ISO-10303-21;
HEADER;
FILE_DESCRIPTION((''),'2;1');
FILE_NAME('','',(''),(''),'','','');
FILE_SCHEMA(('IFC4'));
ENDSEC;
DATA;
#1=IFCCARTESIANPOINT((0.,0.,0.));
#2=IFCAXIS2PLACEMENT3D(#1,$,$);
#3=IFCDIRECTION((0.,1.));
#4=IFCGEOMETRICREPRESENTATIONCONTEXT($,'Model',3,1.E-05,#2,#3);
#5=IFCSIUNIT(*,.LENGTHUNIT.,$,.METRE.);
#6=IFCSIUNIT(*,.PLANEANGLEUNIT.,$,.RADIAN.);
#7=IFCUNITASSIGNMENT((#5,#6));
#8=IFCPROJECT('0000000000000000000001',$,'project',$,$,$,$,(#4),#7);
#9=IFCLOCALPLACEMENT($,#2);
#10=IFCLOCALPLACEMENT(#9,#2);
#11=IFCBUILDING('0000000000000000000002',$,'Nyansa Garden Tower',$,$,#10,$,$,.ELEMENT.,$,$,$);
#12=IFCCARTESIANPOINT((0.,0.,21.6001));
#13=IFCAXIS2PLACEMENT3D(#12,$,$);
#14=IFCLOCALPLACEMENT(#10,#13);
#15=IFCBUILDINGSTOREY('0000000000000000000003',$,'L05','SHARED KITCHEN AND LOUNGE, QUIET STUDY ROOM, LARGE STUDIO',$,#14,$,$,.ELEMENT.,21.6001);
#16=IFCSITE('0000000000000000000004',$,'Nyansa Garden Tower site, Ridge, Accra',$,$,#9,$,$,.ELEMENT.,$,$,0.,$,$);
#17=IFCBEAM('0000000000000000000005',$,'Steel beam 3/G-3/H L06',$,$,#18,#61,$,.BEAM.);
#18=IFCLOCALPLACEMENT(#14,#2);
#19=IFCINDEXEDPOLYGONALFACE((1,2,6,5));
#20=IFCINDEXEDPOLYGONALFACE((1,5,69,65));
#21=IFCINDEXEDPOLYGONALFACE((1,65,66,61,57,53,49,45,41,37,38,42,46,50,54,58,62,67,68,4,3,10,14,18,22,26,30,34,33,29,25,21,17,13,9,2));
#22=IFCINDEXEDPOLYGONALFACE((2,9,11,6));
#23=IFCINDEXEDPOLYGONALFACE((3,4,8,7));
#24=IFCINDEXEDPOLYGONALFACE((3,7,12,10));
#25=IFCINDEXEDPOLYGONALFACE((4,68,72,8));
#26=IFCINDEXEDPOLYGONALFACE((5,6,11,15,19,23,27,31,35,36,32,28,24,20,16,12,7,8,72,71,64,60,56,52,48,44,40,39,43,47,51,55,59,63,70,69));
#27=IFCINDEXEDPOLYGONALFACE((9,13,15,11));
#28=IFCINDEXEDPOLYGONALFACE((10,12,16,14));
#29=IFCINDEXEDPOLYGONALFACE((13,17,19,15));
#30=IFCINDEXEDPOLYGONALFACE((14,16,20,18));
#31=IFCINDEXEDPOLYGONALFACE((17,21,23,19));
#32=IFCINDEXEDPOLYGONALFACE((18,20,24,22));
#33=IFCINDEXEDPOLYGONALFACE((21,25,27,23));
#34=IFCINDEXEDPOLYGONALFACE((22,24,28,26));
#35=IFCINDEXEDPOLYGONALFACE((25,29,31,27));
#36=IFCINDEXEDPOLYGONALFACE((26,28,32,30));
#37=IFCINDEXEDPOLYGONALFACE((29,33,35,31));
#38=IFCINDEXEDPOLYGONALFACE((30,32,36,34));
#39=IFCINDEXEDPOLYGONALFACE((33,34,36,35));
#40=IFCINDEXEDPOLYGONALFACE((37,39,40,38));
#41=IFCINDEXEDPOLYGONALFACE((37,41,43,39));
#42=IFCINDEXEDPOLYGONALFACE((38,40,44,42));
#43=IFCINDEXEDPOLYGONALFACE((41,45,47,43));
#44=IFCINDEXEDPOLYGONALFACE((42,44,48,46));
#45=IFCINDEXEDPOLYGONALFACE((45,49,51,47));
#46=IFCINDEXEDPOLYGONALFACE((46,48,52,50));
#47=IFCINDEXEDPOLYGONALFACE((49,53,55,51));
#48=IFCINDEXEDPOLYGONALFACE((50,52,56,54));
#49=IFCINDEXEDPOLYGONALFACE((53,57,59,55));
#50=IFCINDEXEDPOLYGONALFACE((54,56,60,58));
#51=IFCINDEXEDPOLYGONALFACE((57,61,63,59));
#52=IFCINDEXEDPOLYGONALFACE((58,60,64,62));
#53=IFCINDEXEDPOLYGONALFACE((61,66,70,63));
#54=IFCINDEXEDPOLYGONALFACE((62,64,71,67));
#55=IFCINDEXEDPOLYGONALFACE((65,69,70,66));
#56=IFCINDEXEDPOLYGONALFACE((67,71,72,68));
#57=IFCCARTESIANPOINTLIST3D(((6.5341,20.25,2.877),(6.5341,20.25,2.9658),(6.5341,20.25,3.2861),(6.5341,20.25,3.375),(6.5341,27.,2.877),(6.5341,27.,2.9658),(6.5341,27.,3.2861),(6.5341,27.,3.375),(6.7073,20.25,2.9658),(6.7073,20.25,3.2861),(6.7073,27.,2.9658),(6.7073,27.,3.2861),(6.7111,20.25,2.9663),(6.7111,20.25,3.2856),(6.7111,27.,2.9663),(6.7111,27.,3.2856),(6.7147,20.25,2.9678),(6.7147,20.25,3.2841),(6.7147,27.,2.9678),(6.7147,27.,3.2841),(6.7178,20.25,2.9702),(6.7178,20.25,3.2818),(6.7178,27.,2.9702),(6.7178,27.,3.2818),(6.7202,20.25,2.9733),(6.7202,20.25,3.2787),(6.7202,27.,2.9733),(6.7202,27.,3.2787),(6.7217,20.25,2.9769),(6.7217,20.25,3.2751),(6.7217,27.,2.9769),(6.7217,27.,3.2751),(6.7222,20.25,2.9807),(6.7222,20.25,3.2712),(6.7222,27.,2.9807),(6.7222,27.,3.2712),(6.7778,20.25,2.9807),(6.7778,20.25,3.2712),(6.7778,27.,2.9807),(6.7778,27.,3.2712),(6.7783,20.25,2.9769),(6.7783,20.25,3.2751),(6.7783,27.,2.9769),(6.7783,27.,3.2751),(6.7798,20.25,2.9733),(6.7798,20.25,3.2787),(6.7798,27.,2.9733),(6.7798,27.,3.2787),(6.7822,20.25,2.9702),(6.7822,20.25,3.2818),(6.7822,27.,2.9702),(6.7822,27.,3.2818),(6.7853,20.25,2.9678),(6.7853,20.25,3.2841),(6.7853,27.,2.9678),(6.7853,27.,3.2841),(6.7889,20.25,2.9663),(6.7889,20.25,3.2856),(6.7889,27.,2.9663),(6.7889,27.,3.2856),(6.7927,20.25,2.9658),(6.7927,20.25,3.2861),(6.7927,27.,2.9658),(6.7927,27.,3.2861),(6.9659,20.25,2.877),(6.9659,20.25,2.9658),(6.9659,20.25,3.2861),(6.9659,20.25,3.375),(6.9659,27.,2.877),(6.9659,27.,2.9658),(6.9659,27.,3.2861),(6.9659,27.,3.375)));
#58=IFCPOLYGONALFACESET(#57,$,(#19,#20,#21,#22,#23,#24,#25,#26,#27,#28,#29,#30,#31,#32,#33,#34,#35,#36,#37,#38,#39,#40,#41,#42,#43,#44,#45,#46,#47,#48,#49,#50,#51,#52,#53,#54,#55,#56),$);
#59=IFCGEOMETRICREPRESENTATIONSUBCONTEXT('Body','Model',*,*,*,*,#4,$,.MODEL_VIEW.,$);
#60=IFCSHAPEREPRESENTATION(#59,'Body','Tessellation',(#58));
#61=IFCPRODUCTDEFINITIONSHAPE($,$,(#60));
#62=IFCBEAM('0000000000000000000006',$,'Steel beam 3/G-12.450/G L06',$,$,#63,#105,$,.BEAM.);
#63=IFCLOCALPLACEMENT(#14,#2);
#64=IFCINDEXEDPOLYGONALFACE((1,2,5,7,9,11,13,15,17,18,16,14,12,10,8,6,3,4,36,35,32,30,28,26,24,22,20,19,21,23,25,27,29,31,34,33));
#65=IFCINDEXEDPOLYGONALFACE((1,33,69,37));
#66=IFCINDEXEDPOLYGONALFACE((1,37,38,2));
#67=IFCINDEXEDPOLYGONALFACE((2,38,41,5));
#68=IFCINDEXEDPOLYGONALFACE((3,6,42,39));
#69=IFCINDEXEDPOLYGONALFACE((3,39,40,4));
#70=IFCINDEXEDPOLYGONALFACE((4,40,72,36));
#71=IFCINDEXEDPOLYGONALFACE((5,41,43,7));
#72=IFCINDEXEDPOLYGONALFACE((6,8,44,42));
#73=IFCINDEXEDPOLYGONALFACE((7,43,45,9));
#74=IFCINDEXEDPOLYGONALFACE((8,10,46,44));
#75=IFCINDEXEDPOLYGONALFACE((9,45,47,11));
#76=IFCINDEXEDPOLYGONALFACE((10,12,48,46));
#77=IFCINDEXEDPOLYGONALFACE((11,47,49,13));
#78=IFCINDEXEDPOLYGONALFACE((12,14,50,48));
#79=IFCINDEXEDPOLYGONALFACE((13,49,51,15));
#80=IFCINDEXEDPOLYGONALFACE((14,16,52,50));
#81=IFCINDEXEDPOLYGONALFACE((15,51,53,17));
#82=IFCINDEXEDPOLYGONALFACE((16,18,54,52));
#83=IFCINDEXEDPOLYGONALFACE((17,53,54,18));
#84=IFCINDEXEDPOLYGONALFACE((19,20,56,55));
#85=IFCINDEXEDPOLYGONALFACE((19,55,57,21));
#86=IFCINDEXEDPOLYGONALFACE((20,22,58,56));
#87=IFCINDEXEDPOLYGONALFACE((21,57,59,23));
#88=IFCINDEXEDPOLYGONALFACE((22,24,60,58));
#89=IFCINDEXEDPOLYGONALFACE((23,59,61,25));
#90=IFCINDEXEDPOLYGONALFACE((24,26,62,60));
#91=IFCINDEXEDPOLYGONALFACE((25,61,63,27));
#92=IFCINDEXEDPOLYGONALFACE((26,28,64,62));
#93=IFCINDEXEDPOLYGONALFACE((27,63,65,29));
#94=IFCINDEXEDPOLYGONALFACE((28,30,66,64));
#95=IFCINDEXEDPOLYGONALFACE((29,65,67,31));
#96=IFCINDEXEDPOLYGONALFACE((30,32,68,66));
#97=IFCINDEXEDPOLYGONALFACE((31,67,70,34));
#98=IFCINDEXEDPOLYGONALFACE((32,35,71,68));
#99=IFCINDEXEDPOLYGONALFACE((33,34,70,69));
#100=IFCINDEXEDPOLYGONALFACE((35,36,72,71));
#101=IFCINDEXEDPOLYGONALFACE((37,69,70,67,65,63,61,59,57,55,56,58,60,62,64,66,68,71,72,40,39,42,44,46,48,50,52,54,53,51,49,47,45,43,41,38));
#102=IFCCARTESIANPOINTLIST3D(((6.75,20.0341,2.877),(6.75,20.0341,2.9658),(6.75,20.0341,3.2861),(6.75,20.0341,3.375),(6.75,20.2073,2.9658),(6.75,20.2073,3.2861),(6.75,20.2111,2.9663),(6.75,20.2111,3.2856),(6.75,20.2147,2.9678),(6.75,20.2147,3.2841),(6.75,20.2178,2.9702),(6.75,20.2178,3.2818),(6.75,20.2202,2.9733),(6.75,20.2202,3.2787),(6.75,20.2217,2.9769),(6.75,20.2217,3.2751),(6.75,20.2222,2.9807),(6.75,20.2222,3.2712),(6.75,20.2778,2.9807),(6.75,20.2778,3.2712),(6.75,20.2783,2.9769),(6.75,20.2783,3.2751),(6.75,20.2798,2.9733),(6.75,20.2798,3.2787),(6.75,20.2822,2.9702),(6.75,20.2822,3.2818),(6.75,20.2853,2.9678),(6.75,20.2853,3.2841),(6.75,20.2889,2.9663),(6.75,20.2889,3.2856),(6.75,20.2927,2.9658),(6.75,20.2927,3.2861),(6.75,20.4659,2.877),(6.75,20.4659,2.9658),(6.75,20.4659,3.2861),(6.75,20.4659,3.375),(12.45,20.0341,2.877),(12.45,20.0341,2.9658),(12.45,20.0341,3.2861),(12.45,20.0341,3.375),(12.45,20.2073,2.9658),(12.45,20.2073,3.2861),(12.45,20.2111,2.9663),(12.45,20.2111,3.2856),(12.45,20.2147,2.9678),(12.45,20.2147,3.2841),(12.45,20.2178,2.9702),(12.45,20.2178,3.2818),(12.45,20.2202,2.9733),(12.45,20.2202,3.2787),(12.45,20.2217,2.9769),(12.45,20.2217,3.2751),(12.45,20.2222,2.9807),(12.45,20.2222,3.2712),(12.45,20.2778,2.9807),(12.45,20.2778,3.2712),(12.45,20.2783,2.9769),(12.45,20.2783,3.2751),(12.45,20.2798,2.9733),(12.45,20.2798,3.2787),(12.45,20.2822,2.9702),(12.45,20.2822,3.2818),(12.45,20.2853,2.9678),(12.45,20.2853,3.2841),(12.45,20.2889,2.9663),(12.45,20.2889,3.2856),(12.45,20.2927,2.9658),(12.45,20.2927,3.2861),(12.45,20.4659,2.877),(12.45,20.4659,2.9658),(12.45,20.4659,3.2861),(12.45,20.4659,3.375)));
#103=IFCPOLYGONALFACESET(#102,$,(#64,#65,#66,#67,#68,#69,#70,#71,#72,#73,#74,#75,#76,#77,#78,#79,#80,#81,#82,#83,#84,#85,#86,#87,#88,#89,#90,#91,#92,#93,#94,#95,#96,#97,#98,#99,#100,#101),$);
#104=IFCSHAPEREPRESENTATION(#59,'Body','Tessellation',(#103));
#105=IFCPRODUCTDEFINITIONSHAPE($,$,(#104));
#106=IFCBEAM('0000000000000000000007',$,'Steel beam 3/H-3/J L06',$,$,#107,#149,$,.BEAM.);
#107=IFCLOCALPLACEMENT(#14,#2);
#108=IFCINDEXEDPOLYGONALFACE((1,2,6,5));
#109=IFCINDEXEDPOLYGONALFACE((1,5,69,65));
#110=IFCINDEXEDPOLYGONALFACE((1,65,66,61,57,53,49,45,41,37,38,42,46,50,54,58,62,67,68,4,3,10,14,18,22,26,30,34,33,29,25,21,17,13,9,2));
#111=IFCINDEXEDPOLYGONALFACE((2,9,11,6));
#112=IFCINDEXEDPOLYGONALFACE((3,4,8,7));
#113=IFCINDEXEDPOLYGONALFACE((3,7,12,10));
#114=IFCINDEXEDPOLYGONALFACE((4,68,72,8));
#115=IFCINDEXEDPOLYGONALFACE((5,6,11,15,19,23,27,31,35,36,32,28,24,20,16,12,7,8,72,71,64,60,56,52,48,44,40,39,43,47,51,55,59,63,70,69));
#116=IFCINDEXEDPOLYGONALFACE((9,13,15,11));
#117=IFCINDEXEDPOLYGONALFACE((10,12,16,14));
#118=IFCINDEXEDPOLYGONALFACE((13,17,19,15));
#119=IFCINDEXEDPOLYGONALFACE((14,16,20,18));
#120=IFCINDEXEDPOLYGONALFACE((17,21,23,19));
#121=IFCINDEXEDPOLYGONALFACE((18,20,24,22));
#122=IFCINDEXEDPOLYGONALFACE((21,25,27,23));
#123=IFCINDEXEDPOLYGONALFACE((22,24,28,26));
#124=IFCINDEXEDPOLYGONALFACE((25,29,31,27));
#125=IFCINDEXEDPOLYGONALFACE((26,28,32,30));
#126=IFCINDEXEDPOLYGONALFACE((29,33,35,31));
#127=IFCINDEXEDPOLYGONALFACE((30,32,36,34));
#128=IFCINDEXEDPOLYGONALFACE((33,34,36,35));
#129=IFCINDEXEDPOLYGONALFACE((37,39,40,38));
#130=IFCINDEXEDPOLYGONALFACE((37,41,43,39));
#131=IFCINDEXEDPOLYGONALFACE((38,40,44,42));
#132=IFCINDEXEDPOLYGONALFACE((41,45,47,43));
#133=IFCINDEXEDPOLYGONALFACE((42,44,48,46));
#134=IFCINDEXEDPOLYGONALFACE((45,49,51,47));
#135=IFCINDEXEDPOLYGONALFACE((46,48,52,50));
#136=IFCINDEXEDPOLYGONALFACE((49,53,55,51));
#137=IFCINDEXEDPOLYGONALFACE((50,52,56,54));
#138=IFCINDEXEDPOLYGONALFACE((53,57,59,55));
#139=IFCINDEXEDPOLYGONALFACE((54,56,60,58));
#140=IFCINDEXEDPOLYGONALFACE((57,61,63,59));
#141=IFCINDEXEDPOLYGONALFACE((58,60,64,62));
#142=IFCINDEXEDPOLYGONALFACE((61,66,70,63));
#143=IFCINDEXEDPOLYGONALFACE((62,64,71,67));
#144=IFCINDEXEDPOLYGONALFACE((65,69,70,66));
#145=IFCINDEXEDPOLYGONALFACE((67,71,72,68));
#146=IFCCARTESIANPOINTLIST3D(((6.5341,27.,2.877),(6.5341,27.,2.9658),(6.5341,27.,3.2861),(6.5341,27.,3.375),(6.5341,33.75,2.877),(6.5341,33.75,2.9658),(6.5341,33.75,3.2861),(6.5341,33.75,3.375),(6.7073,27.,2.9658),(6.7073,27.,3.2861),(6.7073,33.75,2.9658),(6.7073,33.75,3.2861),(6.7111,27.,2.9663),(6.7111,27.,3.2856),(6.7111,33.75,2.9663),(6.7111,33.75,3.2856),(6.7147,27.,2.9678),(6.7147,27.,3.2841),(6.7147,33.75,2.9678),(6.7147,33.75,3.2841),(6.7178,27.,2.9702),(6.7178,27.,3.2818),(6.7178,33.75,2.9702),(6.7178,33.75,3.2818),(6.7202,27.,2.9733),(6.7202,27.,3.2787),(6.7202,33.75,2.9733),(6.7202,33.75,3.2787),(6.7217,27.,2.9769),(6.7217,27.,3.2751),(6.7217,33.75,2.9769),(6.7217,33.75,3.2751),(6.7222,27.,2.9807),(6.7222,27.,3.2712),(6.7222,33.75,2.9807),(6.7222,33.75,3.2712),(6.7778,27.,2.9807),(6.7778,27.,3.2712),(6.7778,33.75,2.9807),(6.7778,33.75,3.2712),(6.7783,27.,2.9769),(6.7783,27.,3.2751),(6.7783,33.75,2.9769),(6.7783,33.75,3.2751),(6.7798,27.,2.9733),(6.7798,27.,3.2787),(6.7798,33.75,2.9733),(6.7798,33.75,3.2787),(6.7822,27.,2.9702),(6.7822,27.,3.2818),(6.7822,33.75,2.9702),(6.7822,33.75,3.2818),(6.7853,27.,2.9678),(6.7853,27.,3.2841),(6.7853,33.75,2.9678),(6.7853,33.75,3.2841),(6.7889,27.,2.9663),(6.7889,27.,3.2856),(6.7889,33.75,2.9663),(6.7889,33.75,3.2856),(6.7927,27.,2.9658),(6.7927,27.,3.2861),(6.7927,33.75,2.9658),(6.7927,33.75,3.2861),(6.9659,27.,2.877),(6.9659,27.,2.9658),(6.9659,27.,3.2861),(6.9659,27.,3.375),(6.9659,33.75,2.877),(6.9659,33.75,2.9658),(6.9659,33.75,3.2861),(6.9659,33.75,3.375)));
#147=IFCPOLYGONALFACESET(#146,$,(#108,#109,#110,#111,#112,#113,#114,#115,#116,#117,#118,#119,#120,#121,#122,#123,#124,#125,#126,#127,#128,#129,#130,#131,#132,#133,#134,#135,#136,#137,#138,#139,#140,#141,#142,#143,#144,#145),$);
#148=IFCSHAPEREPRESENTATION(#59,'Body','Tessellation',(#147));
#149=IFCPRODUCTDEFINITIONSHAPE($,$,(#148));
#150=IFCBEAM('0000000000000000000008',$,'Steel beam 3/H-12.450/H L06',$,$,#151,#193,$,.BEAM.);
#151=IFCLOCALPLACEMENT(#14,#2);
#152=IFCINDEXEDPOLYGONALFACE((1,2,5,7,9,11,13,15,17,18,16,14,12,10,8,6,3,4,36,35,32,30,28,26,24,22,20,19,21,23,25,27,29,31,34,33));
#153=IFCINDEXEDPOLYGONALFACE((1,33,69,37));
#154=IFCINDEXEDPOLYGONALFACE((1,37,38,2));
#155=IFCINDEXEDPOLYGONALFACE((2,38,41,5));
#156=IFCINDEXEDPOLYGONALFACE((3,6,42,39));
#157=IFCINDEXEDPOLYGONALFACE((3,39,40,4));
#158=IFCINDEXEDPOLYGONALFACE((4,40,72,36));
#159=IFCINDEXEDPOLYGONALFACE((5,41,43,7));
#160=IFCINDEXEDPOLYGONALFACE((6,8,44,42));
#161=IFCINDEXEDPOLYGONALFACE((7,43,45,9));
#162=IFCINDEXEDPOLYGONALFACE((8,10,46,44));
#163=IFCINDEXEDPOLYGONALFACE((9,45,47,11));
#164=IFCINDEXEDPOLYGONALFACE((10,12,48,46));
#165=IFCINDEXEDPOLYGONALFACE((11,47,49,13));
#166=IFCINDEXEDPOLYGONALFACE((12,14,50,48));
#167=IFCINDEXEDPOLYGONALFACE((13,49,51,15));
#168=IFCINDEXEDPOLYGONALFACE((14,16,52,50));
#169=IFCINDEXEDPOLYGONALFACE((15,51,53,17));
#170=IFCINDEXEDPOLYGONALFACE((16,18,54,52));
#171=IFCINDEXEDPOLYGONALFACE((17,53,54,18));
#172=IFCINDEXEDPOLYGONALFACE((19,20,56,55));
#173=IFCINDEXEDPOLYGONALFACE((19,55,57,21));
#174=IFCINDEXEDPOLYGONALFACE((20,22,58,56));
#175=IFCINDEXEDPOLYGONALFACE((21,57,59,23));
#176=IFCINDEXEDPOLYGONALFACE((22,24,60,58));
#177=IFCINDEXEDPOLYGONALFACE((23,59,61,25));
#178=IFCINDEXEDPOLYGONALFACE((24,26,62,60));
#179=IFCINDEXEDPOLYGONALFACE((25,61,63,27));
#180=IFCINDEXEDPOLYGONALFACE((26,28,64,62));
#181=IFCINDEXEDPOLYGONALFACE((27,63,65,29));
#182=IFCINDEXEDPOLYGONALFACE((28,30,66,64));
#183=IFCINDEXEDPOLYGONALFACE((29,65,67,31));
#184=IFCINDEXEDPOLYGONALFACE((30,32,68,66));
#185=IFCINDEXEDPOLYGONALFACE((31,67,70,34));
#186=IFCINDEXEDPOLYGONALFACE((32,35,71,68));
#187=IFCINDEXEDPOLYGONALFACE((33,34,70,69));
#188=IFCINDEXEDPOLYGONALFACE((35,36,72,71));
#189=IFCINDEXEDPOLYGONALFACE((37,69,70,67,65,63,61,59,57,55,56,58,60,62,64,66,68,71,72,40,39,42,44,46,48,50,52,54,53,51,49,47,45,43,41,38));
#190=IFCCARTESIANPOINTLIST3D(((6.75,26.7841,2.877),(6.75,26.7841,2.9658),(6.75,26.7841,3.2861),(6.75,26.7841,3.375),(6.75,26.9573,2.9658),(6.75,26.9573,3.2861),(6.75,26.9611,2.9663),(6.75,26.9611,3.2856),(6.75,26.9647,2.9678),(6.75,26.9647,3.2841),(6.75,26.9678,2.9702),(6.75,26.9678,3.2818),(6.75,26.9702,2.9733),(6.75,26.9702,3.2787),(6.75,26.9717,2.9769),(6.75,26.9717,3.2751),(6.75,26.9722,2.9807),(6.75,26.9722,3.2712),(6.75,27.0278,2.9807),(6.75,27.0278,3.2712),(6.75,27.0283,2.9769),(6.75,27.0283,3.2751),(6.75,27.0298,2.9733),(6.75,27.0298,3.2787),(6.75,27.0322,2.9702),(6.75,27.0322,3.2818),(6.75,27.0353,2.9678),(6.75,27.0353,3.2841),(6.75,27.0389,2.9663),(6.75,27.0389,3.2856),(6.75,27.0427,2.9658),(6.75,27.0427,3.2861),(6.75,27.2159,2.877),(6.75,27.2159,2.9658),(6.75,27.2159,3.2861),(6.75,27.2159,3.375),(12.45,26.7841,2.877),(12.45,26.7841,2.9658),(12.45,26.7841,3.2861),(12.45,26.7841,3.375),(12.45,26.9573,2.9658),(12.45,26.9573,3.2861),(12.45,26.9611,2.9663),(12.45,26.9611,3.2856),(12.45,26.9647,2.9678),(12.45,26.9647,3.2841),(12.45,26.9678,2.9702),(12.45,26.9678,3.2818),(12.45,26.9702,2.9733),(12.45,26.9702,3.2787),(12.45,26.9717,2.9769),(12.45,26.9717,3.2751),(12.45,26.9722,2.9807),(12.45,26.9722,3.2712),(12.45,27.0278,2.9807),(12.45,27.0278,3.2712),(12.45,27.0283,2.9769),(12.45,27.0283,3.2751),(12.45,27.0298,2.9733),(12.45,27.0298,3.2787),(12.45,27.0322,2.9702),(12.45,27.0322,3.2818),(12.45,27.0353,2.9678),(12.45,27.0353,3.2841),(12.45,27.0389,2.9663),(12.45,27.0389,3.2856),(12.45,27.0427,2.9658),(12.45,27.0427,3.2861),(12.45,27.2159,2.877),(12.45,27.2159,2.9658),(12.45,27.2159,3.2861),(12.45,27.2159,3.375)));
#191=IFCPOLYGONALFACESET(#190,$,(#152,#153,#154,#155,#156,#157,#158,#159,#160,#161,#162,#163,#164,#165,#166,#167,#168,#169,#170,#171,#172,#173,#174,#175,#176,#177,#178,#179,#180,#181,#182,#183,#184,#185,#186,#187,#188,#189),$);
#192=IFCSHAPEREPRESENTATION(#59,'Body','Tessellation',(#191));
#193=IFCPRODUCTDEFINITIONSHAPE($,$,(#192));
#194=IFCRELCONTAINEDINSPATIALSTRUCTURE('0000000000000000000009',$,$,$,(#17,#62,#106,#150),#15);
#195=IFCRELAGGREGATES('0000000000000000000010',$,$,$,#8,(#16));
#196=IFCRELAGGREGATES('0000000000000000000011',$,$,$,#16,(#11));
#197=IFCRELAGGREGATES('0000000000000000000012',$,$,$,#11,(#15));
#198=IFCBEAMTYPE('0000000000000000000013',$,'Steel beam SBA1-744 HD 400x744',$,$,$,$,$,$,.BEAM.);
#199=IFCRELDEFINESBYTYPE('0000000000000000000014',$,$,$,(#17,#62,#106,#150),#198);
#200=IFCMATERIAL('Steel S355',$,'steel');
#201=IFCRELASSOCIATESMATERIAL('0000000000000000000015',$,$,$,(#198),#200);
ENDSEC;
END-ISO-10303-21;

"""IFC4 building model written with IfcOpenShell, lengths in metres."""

from ifc_helpers import new_model, si_unit, direction, frame, origin, origin_2d, place, context, subcontext, project, spatial, i_section, extrude, material, material_profile, profile_set, type_object, element, save


model = new_model("IFC4")

# Units and contexts
model_context = context("Model", 3, precision=1e-05, world=origin(), true_north=direction((0.0, 1.0)))
body_context = subcontext(model_context, "Body", "Model", "MODEL_VIEW")
ifc_project = project(units=[si_unit("LENGTHUNIT", "METRE"), si_unit("PLANEANGLEUNIT", "RADIAN")], contexts=[model_context])

# Site, building, storey
site_placement = place(None, origin())
site = spatial("IfcSite", under=ifc_project, at=site_placement, Name="Nyansa Garden Tower site, Ridge, Accra", CompositionType="ELEMENT", RefElevation=0.0)
building_placement = place(site_placement, origin())
building = spatial("IfcBuilding", under=site, at=building_placement, Name="Nyansa Garden Tower", CompositionType="ELEMENT")
storey_placement = place(building_placement, frame((0.0, 0.0, 21.6001)))
storey = spatial("IfcBuildingStorey", under=building, at=storey_placement, Name="L05", Description="SHARED KITCHEN AND LOUNGE, QUIET STUDY ROOM, LARGE STUDIO", CompositionType="ELEMENT", Elevation=21.6001)

# Beams
ifc_material_1 = material(Name="Steel S355", Category="steel")
ifc_material_profile_1 = material_profile(ifc_material_1, i_section(OverallWidth=0.4319, OverallDepth=0.498, WebThickness=0.0557, FlangeThickness=0.0889, FilletRadius=0.0149, at=origin_2d()), Name="HD 400x744")
ifc_profile_set_1 = profile_set([ifc_material_profile_1], Name="Steel S355")
beam_type_1 = type_object("IfcBeamType", Name="Steel beam SBA1-744 HD 400x744", PredefinedType="BEAM", material=ifc_profile_set_1)
beam_1_placement = place(storey_placement, frame((6.75, 20.25, 3.126), z_axis=(0.0, 1.0, 0.0), x_axis=(-1.0, 0.0, 0.0)))
element("IfcBeam", 1, at=beam_1_placement, inside=storey, type_object=beam_type_1, Name="Steel beam 3/G-3/H L06", PredefinedType="BEAM", context=body_context, shape_type="SweptSolid", body=[
    extrude(i_section(OverallWidth=0.4319, OverallDepth=0.498, WebThickness=0.0557, FlangeThickness=0.0889, FilletRadius=0.0149, at=origin_2d()), origin(), (0.0, 0.0, 1.0), 6.75),
])
beam_2_placement = place(storey_placement, frame((6.75, 20.25, 3.126), z_axis=(1.0, 0.0, 0.0), x_axis=(0.0, 1.0, 0.0)))
element("IfcBeam", 2, at=beam_2_placement, inside=storey, type_object=beam_type_1, Name="Steel beam 3/G-12.450/G L06", PredefinedType="BEAM", context=body_context, shape_type="SweptSolid", body=[
    extrude(i_section(OverallWidth=0.4319, OverallDepth=0.498, WebThickness=0.0557, FlangeThickness=0.0889, FilletRadius=0.0149, at=origin_2d()), origin(), (0.0, 0.0, 1.0), 5.7),
])
beam_3_placement = place(storey_placement, frame((6.75, 27.0, 3.126), z_axis=(0.0, 1.0, 0.0), x_axis=(-1.0, 0.0, 0.0)))
element("IfcBeam", 3, at=beam_3_placement, inside=storey, type_object=beam_type_1, Name="Steel beam 3/H-3/J L06", PredefinedType="BEAM", context=body_context, shape_type="SweptSolid", body=[
    extrude(i_section(OverallWidth=0.4319, OverallDepth=0.498, WebThickness=0.0557, FlangeThickness=0.0889, FilletRadius=0.0149, at=origin_2d()), origin(), (0.0, 0.0, 1.0), 6.75),
])
for number, where, z_axis, x_axis, name in (
    (4, (6.75, 27.0, 3.126), (1.0, 0.0, 0.0), (0.0, 1.0, 0.0), "Steel beam 3/H-12.450/H L06"),
):
    element("IfcBeam", number, at=place(storey_placement, frame(where, z_axis=z_axis, x_axis=x_axis)), inside=storey, type_object=beam_type_1, Name=name, PredefinedType="BEAM", context=body_context, shape_type="SweptSolid", body=[
        extrude(i_section(OverallWidth=0.4319, OverallDepth=0.498, WebThickness=0.0557, FlangeThickness=0.0889, FilletRadius=0.0149, at=origin_2d()), origin(), (0.0, 0.0, 1.0), 5.7),
    ])

save(model, "model.ifc")
